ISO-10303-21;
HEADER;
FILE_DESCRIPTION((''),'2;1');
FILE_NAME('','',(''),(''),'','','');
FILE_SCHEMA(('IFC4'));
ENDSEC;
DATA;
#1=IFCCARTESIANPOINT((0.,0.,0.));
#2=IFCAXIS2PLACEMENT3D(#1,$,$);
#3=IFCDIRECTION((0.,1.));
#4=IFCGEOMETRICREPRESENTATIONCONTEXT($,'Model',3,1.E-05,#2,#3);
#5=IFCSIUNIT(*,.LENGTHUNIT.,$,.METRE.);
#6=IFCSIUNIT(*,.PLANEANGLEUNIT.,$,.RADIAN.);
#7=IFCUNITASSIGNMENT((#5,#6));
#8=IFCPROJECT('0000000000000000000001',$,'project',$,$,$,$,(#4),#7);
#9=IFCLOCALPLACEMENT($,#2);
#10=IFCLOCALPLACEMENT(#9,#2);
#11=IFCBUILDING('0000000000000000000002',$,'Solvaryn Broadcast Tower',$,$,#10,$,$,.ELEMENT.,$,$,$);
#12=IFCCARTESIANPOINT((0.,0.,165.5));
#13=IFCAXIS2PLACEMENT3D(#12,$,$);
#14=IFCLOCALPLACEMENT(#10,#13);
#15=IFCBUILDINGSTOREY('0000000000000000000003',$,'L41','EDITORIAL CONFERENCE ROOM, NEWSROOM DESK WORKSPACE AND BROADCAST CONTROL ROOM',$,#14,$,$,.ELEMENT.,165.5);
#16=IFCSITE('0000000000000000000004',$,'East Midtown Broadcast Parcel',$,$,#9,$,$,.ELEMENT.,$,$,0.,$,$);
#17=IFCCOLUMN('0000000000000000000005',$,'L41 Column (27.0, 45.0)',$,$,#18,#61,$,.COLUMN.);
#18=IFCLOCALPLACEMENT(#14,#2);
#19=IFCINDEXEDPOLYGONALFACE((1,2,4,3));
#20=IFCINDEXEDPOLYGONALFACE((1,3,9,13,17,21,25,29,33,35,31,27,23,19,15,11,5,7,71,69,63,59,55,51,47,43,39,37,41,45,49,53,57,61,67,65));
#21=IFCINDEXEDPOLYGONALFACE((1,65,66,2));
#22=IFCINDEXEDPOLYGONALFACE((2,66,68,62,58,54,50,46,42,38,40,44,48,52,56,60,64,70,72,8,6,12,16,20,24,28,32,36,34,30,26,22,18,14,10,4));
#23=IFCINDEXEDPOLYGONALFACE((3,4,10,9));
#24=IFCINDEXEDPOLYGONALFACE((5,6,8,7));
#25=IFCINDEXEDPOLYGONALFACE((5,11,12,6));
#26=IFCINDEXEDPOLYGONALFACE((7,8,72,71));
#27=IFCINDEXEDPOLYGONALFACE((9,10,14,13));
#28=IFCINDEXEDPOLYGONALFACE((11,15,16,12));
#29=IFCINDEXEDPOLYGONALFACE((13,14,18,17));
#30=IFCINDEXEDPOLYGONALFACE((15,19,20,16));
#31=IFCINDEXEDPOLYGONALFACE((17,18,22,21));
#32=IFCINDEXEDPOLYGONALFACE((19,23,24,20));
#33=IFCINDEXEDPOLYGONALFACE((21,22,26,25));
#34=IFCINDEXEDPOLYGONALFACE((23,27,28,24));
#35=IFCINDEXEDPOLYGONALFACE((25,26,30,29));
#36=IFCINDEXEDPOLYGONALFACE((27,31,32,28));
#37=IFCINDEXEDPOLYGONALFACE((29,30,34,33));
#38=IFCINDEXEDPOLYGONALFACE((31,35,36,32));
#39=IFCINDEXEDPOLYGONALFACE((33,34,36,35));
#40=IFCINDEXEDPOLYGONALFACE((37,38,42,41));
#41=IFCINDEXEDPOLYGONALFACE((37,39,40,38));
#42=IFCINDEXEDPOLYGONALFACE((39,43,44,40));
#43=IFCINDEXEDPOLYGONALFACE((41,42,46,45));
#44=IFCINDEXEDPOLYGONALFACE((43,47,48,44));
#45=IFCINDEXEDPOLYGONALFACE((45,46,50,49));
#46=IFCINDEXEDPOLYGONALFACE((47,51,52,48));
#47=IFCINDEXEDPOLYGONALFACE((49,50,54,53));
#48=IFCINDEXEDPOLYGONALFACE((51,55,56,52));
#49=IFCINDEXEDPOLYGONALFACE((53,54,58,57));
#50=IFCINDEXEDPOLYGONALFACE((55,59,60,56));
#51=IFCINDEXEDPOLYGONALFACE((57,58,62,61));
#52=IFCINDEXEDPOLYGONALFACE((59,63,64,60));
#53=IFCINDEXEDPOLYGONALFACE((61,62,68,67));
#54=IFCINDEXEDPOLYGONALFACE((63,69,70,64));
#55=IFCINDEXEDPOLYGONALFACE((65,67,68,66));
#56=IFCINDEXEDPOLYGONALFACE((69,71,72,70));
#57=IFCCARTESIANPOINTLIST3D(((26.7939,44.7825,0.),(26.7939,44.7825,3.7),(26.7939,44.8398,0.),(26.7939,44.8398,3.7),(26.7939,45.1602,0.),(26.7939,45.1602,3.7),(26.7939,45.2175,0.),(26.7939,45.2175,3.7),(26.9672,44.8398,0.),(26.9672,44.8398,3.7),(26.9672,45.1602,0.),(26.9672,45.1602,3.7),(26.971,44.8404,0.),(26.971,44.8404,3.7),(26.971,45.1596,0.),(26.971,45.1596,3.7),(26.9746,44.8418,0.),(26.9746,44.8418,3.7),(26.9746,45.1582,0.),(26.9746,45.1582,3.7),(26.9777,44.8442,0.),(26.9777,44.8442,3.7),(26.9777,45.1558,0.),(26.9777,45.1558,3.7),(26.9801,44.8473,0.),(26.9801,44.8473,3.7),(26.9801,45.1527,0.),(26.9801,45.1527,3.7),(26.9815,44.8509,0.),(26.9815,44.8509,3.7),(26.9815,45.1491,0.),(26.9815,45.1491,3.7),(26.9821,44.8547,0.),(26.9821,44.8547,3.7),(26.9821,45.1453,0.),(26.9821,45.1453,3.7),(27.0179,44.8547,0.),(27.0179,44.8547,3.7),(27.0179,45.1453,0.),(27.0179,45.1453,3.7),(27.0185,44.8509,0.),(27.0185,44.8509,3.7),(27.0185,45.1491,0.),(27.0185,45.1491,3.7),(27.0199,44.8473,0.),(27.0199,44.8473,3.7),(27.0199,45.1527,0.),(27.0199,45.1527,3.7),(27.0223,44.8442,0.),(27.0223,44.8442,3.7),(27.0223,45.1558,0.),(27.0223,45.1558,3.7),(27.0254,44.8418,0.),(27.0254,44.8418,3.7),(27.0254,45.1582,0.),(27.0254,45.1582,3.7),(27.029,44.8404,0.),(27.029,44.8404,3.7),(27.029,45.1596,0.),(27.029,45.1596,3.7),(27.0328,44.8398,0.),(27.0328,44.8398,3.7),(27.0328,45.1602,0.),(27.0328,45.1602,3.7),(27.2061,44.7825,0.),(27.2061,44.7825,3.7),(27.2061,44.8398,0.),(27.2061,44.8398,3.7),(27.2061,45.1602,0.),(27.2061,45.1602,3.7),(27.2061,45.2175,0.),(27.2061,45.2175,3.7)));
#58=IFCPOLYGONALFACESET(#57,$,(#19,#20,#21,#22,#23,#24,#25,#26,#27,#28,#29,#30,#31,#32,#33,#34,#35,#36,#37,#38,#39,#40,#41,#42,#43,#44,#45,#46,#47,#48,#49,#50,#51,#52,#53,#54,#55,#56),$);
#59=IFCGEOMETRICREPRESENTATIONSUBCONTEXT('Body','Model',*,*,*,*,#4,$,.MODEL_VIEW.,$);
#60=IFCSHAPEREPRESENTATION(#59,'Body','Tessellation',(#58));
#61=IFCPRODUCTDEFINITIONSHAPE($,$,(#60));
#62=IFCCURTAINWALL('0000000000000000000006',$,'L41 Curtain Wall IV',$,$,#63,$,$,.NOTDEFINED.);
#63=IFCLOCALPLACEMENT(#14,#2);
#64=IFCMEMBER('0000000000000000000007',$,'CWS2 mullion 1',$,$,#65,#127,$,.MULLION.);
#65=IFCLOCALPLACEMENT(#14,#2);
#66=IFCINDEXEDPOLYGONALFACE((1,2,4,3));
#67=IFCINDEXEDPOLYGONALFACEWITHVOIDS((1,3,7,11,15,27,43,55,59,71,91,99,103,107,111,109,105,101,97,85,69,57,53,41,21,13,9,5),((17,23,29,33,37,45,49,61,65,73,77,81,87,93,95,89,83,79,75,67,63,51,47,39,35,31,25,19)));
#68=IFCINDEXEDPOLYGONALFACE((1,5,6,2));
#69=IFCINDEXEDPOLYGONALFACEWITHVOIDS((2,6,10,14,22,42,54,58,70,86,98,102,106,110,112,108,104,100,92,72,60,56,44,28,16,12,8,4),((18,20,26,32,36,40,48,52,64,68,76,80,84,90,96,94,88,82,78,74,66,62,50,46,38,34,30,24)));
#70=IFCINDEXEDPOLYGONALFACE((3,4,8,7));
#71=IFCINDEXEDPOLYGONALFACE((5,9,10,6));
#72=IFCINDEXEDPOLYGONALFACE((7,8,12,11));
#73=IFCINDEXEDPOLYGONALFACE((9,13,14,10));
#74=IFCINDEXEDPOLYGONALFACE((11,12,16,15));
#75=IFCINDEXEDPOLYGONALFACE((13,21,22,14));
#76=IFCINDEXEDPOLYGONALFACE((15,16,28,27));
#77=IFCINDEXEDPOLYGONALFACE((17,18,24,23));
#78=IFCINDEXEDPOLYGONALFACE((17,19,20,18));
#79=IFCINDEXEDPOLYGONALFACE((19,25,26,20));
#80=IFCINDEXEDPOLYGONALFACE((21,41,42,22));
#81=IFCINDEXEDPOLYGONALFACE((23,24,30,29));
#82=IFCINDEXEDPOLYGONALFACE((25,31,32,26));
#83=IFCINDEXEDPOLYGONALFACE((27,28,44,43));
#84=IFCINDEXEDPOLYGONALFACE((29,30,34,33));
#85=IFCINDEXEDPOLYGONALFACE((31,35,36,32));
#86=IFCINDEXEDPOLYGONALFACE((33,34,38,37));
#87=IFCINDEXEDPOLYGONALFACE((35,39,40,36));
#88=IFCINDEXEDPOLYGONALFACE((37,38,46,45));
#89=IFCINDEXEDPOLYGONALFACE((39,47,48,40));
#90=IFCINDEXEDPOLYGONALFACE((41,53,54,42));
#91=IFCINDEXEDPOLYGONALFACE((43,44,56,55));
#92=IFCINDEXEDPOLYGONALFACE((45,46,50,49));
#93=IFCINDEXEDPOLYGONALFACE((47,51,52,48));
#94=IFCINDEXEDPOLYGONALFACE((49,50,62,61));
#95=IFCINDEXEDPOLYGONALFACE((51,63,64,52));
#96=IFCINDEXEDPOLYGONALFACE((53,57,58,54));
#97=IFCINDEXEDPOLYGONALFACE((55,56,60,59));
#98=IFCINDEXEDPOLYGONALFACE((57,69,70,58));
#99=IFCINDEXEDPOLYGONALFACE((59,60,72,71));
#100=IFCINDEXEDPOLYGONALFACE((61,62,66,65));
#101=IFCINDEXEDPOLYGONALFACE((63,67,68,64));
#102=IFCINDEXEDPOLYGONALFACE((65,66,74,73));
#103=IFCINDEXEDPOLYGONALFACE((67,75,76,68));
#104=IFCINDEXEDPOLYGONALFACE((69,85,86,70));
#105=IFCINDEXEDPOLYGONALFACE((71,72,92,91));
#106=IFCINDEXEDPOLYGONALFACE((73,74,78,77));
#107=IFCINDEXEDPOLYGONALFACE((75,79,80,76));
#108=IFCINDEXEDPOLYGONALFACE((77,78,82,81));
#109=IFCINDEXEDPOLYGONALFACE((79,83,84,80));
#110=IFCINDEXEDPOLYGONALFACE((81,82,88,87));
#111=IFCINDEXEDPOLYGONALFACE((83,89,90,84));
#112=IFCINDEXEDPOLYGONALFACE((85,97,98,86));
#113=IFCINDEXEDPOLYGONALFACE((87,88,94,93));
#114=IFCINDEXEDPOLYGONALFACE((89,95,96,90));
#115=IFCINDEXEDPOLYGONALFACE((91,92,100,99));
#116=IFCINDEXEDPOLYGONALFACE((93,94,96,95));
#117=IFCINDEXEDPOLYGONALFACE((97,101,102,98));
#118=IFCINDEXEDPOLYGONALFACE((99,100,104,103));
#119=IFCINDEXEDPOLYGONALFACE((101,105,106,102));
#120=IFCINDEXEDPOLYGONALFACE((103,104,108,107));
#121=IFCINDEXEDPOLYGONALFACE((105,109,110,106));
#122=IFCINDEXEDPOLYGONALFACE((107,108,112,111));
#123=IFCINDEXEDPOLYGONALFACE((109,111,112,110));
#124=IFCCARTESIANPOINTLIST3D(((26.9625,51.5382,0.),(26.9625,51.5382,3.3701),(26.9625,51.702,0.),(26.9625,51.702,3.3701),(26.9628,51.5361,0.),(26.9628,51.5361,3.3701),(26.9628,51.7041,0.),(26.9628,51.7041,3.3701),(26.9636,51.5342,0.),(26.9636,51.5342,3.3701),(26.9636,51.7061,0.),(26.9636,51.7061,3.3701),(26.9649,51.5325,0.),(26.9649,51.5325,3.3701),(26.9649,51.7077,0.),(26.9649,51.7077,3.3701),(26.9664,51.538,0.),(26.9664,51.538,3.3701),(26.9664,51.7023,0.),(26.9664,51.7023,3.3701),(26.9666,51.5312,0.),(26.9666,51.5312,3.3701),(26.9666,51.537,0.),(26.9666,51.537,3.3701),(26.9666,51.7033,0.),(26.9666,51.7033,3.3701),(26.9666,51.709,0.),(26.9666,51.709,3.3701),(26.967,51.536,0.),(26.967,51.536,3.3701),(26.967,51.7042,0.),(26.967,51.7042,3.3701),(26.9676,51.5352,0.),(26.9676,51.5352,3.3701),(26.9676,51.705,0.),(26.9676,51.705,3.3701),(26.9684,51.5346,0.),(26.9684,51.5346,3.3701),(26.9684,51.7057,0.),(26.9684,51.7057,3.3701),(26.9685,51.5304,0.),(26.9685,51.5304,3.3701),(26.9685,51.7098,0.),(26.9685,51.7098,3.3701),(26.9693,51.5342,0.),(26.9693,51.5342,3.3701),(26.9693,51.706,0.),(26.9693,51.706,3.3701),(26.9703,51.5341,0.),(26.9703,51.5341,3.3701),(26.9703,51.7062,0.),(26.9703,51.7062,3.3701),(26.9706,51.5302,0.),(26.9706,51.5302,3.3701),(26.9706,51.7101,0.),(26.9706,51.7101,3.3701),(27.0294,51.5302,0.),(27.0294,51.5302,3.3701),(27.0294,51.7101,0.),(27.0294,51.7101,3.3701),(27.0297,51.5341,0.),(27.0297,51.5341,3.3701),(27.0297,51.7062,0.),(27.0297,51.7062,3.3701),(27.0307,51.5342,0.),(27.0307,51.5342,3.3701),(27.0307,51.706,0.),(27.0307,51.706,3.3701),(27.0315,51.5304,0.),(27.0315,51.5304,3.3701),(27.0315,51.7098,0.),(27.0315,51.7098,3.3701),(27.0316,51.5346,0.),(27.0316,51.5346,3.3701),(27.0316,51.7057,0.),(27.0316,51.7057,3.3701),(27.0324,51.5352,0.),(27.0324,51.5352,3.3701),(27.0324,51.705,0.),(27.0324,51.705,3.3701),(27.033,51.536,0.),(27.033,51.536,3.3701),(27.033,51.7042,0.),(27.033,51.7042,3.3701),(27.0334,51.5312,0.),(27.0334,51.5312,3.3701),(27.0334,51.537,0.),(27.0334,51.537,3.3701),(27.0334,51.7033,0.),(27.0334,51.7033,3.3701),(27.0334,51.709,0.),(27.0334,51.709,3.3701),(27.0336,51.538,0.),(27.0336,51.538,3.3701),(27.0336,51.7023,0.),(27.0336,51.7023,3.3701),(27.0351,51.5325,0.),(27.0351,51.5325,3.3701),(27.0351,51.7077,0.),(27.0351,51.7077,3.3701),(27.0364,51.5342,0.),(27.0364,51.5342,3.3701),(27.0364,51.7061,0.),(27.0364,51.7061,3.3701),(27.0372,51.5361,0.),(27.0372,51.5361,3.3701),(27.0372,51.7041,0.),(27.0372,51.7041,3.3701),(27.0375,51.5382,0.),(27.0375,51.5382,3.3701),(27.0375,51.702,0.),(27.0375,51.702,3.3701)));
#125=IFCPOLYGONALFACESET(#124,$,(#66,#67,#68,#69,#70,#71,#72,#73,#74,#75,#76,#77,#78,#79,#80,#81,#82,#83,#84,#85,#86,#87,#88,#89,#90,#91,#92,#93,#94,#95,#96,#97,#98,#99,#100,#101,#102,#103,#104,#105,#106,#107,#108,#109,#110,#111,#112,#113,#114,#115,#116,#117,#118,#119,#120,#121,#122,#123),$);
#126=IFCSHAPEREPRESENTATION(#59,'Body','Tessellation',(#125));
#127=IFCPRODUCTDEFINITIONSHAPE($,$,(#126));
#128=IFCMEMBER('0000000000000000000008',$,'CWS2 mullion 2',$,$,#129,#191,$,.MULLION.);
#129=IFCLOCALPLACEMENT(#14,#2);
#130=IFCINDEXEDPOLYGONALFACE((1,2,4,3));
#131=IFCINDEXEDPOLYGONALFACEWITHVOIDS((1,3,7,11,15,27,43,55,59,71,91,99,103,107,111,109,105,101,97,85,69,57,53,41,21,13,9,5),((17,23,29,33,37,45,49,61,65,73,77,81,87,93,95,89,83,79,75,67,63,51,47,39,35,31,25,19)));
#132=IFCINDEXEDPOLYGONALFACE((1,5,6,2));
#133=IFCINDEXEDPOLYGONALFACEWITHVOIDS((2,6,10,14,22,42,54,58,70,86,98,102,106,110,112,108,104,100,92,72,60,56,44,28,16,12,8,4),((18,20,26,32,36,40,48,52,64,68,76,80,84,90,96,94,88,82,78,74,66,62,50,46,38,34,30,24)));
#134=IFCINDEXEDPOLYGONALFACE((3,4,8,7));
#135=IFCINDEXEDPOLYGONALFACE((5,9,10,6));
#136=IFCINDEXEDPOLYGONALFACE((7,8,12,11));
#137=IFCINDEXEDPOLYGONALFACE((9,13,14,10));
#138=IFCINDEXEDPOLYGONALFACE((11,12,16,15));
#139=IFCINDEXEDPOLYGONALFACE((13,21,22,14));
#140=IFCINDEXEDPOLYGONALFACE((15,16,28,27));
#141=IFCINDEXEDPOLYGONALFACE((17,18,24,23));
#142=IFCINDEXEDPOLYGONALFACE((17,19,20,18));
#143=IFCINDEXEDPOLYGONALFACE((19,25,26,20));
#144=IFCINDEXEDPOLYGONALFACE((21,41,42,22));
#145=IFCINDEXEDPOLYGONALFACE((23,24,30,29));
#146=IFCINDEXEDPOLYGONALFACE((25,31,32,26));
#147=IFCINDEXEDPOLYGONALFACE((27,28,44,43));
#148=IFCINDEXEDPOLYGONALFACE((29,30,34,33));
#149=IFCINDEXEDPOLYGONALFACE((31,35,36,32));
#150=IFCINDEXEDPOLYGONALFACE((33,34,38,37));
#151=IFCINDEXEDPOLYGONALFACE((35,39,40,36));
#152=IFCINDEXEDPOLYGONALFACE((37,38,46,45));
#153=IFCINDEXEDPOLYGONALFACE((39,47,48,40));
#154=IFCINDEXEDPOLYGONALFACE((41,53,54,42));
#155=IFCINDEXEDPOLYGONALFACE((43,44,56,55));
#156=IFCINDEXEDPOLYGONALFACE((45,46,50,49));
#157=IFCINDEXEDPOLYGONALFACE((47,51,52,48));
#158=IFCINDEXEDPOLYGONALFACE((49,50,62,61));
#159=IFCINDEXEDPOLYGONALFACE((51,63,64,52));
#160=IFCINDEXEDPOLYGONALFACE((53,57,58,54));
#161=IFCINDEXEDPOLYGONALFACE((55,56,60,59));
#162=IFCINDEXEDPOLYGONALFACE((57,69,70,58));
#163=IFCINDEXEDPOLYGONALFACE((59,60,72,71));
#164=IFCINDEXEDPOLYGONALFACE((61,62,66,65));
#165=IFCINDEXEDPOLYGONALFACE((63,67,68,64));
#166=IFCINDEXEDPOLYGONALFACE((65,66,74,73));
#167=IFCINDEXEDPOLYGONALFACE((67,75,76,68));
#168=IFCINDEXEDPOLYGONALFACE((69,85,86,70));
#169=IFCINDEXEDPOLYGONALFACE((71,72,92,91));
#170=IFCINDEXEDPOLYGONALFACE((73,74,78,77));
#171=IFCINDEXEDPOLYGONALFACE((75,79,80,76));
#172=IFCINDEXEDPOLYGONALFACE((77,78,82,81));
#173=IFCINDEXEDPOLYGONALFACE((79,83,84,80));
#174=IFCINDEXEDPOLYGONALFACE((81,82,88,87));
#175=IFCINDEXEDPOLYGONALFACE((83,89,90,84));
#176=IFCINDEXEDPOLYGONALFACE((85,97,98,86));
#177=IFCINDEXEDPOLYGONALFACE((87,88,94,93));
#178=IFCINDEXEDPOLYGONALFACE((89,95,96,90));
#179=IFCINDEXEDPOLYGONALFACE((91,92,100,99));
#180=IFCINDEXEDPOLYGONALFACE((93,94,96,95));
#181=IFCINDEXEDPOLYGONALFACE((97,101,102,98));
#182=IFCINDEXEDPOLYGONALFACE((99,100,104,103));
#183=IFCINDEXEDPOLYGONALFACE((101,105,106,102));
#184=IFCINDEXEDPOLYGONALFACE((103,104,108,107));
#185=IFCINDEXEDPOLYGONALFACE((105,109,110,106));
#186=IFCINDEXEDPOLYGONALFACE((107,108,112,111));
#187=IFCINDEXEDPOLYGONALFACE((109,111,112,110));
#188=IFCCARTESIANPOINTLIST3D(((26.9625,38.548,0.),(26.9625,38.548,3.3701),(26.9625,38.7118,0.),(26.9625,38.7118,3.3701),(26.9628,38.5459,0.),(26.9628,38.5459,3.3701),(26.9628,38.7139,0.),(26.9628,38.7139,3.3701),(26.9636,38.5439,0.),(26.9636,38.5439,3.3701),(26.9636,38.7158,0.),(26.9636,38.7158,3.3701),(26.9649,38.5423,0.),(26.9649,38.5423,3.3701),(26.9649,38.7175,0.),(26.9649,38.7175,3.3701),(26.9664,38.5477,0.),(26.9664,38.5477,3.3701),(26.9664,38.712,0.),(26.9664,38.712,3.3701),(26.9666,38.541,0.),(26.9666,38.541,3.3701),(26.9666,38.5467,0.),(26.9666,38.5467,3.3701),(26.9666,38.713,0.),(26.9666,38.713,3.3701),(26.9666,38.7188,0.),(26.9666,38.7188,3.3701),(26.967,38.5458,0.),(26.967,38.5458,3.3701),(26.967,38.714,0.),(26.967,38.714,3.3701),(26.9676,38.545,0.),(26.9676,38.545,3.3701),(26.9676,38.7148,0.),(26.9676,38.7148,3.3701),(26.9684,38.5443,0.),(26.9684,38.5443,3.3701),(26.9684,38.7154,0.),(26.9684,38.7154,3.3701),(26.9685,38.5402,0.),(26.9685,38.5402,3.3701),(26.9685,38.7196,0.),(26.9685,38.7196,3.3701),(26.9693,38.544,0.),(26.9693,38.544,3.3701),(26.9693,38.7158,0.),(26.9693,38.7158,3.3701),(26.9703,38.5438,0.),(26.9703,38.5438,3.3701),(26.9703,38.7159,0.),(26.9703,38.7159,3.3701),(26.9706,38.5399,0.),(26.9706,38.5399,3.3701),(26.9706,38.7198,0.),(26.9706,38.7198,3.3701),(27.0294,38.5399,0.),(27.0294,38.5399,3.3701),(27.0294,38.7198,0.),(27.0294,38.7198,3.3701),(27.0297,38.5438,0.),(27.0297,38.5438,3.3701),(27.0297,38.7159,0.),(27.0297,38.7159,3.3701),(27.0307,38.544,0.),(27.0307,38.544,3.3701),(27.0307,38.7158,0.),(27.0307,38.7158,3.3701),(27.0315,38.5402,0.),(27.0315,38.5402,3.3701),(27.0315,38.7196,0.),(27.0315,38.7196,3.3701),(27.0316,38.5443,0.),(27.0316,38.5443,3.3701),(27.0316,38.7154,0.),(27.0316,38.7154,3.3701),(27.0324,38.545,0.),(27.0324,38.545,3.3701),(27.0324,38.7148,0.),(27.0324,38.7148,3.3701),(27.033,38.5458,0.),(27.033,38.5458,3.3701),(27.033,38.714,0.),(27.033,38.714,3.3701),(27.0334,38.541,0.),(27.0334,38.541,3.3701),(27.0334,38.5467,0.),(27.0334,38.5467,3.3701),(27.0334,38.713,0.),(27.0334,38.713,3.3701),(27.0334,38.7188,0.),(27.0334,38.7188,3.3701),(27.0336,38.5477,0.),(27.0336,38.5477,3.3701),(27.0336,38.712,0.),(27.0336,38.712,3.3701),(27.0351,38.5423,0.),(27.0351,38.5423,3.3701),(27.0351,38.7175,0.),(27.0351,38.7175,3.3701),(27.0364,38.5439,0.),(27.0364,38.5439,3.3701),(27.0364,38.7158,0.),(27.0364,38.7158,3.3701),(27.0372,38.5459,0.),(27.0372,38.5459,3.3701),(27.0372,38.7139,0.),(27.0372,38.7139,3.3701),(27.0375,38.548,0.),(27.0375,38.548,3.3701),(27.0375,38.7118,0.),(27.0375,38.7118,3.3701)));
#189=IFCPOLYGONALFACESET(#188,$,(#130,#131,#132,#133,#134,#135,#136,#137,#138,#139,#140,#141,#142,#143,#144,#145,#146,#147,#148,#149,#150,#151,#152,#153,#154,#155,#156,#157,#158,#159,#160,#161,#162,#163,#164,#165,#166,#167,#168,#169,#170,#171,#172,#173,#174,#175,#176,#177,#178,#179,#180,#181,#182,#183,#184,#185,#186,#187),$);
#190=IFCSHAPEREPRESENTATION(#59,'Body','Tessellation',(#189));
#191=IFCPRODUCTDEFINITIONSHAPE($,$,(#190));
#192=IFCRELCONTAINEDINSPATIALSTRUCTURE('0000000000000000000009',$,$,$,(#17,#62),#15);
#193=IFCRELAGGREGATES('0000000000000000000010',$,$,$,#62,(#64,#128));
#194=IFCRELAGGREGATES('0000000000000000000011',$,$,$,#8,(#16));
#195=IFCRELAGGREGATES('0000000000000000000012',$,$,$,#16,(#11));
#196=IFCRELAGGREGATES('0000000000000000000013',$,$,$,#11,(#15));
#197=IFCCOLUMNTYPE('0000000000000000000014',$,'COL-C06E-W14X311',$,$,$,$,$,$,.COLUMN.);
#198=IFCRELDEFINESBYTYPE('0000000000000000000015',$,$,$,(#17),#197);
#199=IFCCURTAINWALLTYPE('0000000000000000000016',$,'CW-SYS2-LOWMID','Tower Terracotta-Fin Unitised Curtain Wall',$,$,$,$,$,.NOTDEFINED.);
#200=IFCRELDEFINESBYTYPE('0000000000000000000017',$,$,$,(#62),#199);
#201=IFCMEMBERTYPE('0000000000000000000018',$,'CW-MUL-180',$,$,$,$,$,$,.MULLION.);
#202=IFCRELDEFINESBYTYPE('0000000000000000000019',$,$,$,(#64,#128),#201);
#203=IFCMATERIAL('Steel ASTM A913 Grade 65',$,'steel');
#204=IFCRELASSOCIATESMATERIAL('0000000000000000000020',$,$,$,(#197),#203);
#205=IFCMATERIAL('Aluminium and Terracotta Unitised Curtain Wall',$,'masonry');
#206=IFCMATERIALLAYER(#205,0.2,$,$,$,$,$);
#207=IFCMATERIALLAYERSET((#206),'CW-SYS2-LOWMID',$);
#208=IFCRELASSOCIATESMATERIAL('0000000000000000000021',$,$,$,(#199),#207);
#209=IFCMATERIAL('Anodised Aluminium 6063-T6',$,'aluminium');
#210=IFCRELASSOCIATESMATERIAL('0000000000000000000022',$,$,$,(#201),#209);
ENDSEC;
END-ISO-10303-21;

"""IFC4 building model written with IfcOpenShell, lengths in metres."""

from ifc_helpers import new_model, si_unit, direction, frame, origin, origin_2d, place, context, subcontext, project, spatial, hollow_rectangle, i_section, extrude, material, layer, layer_set, material_profile, profile_set, type_object, element, aggregate, save


model = new_model("IFC4")

# Units and contexts
model_context = context("Model", 3, precision=1e-05, world=origin(), true_north=direction((0.0, 1.0)))
body_context = subcontext(model_context, "Body", "Model", "MODEL_VIEW")
ifc_project = project(units=[si_unit("LENGTHUNIT", "METRE"), si_unit("PLANEANGLEUNIT", "RADIAN")], contexts=[model_context])

# Site, building, storey
site_placement = place(None, origin())
site = spatial("IfcSite", under=ifc_project, at=site_placement, Name="East Midtown Broadcast Parcel", CompositionType="ELEMENT", RefElevation=0.0)
building_placement = place(site_placement, origin())
building = spatial("IfcBuilding", under=site, at=building_placement, Name="Solvaryn Broadcast Tower", CompositionType="ELEMENT")
storey_placement = place(building_placement, frame((0.0, 0.0, 165.5)))
storey = spatial("IfcBuildingStorey", under=building, at=storey_placement, Name="L41", Description="EDITORIAL CONFERENCE ROOM, NEWSROOM DESK WORKSPACE AND BROADCAST CONTROL ROOM", CompositionType="ELEMENT", Elevation=165.5)

# Column
ifc_material_1 = material(Name="Steel ASTM A913 Grade 65", Category="steel")
ifc_material_profile_1 = material_profile(ifc_material_1, i_section(OverallWidth=0.4121, OverallDepth=0.4351, WebThickness=0.0359, FlangeThickness=0.0574, FilletRadius=0.0149, at=origin_2d()))
ifc_profile_set_1 = profile_set([ifc_material_profile_1], Name="Steel ASTM A913 Grade 65")
column_type = type_object("IfcColumnType", Name="COL-C06E-W14X311", PredefinedType="COLUMN", material=ifc_profile_set_1)
column_placement = place(storey_placement, frame((27.0, 45.0, 0.0), z_axis=(0.0, 0.0, 1.0), x_axis=(1.0, 0.0, 0.0)))
element("IfcColumn", 1, at=column_placement, inside=storey, type_object=column_type, Name="L41 Column (27.0, 45.0)", PredefinedType="COLUMN", context=body_context, shape_type="SweptSolid", body=[
    extrude(i_section(OverallWidth=0.4121, OverallDepth=0.4351, WebThickness=0.0359, FlangeThickness=0.0574, FilletRadius=0.0149, at=origin_2d()), origin(), (0.0, 0.0, 1.0), 3.7),
])

# Curtain wall, members
ifc_material_2 = material(Name="Aluminium and Terracotta Unitised Curtain Wall", Category="masonry")
ifc_layer_1 = layer(ifc_material_2, 0.2)
ifc_layer_set_1 = layer_set([ifc_layer_1], Name="CW-SYS2-LOWMID")
curtain_wall_type = type_object("IfcCurtainWallType", Name="CW-SYS2-LOWMID", Description="Tower Terracotta-Fin Unitised Curtain Wall", PredefinedType="NOTDEFINED", material=ifc_layer_set_1)
curtain_wall_1_placement = place(storey_placement, origin())
curtain_wall_1 = element("IfcCurtainWall", 2, at=curtain_wall_1_placement, inside=storey, type_object=curtain_wall_type, Name="L41 Curtain Wall IV", PredefinedType="NOTDEFINED")
ifc_material_3 = material(Name="Anodised Aluminium 6063-T6", Category="aluminium")
ifc_material_profile_2 = material_profile(ifc_material_3, hollow_rectangle(XDim=0.075, YDim=0.1799, WallThickness=0.0039, InnerFilletRadius=0.0039, OuterFilletRadius=0.0081, at=origin_2d()))
ifc_profile_set_2 = profile_set([ifc_material_profile_2], Name="Anodised Aluminium 6063-T6")
member_type_1 = type_object("IfcMemberType", Name="CW-MUL-180", PredefinedType="MULLION", material=ifc_profile_set_2)
member_1_placement = place(storey_placement, frame((27.0, 51.6201, 0.0), z_axis=(0.0, 0.0, 1.0), x_axis=(1.0, 0.0, 0.0)))
member_1 = element("IfcMember", 3, at=member_1_placement, type_object=member_type_1, Name="CWS2 mullion 1", PredefinedType="MULLION", context=body_context, shape_type="SweptSolid", body=[
    extrude(hollow_rectangle(XDim=0.075, YDim=0.1799, WallThickness=0.0039, InnerFilletRadius=0.0039, OuterFilletRadius=0.0081, at=origin_2d()), origin(), (0.0, 0.0, 1.0), 3.3701),
])
member_2_placement = place(storey_placement, frame((27.0, 38.6299, 0.0), z_axis=(0.0, 0.0, 1.0), x_axis=(1.0, 0.0, 0.0)))
member_2 = element("IfcMember", 4, at=member_2_placement, type_object=member_type_1, Name="CWS2 mullion 2", PredefinedType="MULLION", context=body_context, shape_type="SweptSolid", body=[
    extrude(hollow_rectangle(XDim=0.075, YDim=0.1799, WallThickness=0.0039, InnerFilletRadius=0.0039, OuterFilletRadius=0.0081, at=origin_2d()), origin(), (0.0, 0.0, 1.0), 3.3701),
])

aggregate(curtain_wall_1, [member_1, member_2])

save(model, "model.ifc")
